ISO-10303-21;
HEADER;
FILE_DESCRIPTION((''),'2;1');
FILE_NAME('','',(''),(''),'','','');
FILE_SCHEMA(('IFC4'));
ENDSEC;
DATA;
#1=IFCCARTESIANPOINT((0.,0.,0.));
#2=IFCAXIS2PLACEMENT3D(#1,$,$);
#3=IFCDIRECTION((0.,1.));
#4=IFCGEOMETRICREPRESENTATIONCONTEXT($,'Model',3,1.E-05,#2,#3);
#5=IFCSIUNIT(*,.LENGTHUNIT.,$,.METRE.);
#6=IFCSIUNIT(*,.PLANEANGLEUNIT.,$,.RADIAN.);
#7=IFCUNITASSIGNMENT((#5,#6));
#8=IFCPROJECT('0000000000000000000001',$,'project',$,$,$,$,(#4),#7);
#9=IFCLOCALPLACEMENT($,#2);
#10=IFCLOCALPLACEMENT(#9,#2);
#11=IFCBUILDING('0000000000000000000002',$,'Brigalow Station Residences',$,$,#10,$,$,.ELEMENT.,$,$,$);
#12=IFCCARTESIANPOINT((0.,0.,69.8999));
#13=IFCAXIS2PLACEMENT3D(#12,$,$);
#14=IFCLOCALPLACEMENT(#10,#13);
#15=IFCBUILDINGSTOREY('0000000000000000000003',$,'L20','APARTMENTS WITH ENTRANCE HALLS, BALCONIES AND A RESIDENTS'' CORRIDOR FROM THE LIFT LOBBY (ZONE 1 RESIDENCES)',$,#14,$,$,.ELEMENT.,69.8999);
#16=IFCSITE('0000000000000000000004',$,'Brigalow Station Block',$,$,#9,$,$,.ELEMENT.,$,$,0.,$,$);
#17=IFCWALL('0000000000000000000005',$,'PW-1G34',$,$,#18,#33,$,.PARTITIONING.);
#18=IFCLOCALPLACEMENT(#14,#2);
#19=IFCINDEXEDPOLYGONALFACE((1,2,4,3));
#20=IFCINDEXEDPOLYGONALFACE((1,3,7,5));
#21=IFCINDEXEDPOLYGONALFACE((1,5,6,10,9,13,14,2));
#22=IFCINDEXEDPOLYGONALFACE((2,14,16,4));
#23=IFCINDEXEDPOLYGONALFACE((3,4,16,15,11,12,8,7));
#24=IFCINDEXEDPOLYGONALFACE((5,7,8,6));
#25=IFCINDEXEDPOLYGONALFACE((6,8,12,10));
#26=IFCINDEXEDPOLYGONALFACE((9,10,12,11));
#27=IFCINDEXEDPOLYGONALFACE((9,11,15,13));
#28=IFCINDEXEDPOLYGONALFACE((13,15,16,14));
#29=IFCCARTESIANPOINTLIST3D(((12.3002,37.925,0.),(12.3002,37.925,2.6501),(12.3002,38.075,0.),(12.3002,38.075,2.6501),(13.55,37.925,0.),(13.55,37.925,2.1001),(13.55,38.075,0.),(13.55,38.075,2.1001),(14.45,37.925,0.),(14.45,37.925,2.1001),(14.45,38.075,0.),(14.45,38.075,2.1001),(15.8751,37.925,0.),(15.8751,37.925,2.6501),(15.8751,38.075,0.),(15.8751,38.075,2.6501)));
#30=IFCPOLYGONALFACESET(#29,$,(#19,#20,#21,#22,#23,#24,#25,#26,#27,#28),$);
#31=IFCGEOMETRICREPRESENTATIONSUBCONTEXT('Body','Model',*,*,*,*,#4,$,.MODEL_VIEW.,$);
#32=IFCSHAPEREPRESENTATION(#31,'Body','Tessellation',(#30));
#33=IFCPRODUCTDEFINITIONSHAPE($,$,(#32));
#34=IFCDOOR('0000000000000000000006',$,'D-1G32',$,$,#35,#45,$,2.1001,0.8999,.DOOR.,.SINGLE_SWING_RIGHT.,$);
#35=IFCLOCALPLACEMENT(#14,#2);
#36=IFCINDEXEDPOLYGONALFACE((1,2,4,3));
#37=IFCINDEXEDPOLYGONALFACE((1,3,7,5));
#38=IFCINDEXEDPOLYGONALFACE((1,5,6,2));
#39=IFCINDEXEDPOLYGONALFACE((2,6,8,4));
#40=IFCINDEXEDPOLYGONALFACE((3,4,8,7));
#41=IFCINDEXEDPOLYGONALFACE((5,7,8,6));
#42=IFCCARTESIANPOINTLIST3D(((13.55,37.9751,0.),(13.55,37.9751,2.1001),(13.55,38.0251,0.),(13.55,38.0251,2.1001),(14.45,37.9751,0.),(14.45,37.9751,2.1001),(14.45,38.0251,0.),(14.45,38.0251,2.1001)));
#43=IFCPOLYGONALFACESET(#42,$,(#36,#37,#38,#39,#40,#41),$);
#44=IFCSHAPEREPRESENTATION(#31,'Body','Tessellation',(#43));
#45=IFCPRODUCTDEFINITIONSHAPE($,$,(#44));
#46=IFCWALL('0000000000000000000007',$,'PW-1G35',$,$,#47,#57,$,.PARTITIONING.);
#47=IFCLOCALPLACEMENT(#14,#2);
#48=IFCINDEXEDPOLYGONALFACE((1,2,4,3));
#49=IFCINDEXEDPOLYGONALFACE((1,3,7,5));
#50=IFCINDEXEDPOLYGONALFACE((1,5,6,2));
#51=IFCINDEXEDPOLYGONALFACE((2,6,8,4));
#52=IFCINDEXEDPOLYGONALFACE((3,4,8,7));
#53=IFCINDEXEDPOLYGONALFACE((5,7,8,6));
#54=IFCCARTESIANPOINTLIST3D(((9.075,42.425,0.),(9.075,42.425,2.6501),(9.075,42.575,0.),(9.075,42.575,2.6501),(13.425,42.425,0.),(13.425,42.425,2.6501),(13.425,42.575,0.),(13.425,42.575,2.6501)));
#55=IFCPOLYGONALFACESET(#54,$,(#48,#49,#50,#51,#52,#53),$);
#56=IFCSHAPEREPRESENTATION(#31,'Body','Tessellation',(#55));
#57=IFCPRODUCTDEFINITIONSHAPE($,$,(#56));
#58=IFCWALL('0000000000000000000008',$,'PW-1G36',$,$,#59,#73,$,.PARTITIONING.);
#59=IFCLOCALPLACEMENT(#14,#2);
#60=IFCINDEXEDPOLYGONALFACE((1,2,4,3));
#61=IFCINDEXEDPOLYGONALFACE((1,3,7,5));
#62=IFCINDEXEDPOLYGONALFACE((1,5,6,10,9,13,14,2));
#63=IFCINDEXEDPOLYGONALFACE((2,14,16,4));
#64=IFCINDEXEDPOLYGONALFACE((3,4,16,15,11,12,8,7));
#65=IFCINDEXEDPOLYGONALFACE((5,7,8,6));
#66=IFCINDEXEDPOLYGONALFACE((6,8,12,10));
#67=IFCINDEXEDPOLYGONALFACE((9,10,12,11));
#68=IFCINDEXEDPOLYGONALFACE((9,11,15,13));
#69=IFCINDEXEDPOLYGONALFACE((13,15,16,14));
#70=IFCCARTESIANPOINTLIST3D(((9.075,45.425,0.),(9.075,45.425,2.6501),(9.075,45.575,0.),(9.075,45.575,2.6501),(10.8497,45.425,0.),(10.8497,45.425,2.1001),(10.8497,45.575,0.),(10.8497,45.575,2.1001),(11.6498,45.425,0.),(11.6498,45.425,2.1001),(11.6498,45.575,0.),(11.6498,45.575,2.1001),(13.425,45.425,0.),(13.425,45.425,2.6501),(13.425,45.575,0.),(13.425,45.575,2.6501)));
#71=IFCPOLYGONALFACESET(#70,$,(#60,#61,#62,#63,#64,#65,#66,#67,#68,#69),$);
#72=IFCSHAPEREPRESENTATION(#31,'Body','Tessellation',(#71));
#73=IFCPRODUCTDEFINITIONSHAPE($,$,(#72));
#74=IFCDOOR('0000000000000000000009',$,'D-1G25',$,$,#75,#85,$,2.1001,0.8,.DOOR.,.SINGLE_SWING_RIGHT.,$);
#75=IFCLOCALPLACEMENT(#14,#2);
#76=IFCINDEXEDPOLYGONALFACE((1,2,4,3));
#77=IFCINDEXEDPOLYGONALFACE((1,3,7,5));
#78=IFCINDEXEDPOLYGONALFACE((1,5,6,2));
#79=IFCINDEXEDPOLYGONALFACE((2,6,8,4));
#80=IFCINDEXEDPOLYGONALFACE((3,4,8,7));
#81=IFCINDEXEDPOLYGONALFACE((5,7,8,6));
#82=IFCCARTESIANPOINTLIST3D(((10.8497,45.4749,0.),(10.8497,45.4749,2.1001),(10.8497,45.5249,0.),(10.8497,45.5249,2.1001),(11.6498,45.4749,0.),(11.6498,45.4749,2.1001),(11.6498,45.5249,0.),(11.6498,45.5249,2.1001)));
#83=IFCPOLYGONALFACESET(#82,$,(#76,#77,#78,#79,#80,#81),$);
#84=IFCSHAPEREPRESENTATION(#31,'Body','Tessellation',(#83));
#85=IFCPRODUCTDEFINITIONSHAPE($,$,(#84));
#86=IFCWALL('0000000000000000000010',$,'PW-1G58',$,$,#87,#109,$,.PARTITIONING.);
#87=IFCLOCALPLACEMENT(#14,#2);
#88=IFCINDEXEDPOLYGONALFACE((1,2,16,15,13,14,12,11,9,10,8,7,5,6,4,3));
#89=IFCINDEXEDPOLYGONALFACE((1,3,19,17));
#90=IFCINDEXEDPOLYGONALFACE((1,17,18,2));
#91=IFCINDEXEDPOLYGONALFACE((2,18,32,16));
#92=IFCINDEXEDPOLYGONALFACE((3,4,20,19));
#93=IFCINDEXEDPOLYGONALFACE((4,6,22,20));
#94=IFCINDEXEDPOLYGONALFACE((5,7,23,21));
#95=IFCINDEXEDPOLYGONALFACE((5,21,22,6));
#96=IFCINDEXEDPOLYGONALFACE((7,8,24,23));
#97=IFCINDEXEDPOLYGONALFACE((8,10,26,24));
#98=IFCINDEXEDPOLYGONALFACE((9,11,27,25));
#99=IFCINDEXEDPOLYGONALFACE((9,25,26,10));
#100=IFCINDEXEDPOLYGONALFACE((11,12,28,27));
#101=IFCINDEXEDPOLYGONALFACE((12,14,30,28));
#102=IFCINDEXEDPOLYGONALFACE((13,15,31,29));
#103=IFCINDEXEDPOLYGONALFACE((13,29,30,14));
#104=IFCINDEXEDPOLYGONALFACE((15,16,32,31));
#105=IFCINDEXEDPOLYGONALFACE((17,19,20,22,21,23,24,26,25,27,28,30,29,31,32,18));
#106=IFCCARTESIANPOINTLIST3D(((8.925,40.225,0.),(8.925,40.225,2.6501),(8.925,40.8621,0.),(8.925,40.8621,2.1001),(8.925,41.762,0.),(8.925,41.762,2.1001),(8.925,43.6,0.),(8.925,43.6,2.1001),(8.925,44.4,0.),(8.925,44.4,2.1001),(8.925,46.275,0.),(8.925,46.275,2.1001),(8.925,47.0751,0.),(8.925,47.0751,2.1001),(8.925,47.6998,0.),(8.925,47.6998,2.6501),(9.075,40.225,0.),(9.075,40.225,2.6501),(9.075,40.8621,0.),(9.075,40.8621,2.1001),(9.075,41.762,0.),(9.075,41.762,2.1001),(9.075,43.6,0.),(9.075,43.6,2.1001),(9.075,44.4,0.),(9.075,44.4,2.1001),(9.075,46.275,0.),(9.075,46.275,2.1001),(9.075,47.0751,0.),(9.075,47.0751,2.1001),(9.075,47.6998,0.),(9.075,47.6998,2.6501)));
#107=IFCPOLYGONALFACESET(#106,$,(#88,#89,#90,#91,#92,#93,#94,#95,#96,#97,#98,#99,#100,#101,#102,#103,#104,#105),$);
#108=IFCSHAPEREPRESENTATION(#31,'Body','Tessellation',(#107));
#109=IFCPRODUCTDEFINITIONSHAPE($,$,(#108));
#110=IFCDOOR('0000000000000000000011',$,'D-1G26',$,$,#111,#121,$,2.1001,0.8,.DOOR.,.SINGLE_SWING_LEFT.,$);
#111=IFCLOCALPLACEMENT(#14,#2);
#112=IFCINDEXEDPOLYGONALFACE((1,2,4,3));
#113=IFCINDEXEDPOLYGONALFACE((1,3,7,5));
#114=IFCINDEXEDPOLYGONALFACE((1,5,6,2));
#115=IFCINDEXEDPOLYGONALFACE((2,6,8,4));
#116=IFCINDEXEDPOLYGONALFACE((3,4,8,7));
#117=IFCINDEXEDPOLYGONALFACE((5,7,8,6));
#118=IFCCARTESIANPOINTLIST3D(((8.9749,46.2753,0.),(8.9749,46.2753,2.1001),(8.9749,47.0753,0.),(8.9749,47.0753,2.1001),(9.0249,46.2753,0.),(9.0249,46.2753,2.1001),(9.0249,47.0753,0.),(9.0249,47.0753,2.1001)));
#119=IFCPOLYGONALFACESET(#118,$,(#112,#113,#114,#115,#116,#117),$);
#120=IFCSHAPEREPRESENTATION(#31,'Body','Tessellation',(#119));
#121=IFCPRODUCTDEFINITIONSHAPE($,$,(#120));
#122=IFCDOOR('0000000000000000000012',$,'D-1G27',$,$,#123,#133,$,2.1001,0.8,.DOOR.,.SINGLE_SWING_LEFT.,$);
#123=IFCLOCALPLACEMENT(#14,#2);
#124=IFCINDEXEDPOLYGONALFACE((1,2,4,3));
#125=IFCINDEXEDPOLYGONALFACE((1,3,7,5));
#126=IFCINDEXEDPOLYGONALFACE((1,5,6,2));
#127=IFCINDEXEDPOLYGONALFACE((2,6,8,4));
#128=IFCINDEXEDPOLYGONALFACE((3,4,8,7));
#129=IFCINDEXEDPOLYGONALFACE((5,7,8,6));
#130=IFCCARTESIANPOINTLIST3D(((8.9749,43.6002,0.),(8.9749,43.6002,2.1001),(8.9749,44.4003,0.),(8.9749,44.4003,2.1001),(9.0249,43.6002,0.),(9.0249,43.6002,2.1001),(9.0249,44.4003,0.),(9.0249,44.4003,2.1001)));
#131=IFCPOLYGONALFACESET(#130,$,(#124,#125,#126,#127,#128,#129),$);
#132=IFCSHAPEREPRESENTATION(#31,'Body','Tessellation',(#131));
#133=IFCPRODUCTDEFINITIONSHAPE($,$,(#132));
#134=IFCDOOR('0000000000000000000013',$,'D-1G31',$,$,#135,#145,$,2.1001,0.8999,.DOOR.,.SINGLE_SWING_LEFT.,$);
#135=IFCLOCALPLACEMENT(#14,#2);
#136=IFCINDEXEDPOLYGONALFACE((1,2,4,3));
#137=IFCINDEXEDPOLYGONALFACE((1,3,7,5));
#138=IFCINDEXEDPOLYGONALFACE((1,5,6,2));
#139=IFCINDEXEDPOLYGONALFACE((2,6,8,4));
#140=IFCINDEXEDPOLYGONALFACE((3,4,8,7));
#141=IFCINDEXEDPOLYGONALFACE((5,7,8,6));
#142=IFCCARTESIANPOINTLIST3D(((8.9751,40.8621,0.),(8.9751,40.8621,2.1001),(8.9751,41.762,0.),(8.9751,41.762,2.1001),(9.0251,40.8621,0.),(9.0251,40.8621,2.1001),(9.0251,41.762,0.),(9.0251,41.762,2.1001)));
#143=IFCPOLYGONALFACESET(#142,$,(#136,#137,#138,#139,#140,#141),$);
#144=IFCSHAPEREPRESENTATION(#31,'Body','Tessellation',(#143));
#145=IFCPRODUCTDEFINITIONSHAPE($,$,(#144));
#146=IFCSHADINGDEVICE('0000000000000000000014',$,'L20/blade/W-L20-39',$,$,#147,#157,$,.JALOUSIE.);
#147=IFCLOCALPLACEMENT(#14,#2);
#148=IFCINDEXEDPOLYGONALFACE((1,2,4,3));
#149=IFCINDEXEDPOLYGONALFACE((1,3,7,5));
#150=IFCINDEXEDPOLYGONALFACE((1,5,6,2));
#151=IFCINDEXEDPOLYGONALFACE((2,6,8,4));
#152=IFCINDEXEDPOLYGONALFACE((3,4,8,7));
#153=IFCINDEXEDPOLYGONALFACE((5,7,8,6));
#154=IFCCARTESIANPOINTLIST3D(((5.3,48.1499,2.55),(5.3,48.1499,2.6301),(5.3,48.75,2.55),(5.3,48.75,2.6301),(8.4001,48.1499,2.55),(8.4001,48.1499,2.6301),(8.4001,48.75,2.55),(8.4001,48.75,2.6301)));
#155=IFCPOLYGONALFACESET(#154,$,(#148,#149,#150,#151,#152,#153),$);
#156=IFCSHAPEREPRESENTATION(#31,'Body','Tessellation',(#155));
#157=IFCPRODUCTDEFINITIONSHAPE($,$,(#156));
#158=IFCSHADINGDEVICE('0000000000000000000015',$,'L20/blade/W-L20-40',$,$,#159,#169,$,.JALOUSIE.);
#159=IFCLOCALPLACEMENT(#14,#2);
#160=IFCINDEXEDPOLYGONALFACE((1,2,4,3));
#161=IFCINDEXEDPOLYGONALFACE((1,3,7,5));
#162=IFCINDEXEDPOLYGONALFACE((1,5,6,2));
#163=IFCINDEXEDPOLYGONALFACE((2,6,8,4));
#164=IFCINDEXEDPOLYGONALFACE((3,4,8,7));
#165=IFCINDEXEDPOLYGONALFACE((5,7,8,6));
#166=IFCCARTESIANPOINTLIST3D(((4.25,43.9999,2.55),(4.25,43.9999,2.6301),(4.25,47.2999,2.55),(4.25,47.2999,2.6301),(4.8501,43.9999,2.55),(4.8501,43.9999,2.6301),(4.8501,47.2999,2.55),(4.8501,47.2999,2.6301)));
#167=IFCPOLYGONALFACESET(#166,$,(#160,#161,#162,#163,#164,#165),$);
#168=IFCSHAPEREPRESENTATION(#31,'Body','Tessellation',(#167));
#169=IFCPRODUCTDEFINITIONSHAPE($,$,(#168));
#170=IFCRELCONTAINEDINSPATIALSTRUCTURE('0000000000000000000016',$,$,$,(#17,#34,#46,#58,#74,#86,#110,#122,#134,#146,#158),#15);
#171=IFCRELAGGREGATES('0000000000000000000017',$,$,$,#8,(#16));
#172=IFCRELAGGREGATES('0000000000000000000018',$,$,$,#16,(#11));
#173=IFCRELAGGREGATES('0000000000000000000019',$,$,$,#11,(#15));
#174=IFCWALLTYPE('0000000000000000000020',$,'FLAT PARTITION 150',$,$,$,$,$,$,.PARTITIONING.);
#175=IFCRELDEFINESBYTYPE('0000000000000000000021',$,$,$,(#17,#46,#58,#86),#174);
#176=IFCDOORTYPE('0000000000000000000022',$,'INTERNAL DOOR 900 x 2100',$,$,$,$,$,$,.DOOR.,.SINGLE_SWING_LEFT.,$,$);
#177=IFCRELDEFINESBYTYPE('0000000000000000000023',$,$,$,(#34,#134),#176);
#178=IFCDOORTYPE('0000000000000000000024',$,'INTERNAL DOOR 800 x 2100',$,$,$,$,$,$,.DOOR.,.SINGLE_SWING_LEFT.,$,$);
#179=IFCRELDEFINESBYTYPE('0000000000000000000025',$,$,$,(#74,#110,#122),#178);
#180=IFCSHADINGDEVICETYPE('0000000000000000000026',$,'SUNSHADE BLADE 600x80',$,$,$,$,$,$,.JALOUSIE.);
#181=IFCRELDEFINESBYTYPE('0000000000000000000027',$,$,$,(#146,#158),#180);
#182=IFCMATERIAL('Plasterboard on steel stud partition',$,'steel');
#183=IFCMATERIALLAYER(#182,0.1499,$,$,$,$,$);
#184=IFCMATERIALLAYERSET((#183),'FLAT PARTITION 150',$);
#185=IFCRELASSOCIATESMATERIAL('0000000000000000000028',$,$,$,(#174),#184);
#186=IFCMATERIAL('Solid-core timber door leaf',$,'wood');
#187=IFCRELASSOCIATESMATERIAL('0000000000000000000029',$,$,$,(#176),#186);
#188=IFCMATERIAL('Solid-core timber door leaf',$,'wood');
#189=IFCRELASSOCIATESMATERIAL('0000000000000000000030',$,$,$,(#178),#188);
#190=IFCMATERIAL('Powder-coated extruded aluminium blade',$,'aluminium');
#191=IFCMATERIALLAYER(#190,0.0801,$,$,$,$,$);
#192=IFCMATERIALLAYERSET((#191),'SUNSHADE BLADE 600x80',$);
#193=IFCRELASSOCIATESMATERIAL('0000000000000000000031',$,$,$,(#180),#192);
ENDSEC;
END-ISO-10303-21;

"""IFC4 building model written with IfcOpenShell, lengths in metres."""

from ifc_helpers import new_model, si_unit, direction, frame, frame_2d, origin, origin_2d, place, context, subcontext, project, spatial, rectangle, extrude, material, layer, layer_set, type_object, element, fill, save


model = new_model("IFC4")

# Units and contexts
model_context = context("Model", 3, precision=1e-05, world=origin(), true_north=direction((0.0, 1.0)))
body_context = subcontext(model_context, "Body", "Model", "MODEL_VIEW")
ifc_project = project(units=[si_unit("LENGTHUNIT", "METRE"), si_unit("PLANEANGLEUNIT", "RADIAN")], contexts=[model_context])

# Site, building, storey
site_placement = place(None, origin())
site = spatial("IfcSite", under=ifc_project, at=site_placement, Name="Brigalow Station Block", CompositionType="ELEMENT", RefElevation=0.0)
building_placement = place(site_placement, origin())
building = spatial("IfcBuilding", under=site, at=building_placement, Name="Brigalow Station Residences", CompositionType="ELEMENT")
storey_placement = place(building_placement, frame((0.0, 0.0, 69.8999)))
storey = spatial("IfcBuildingStorey", under=building, at=storey_placement, Name="L20", Description="APARTMENTS WITH ENTRANCE HALLS, BALCONIES AND A RESIDENTS' CORRIDOR FROM THE LIFT LOBBY (ZONE 1 RESIDENCES)", CompositionType="ELEMENT", Elevation=69.8999)

# Wall, opening, door
ifc_material_1 = material(Name="Plasterboard on steel stud partition", Category="steel")
ifc_layer_1 = layer(ifc_material_1, 0.1499)
ifc_layer_set_1 = layer_set([ifc_layer_1], Name="FLAT PARTITION 150")
wall_type_1 = type_object("IfcWallType", Name="FLAT PARTITION 150", PredefinedType="PARTITIONING", material=ifc_layer_set_1)
wall_1_placement = place(storey_placement, frame((12.3, 38.0, 0.0), z_axis=(0.0, 0.0, 1.0), x_axis=(1.0, 0.0, 0.0)))
wall_1 = element("IfcWall", 1, at=wall_1_placement, inside=storey, type_object=wall_type_1, Name="PW-1G34", PredefinedType="PARTITIONING", context=body_context, shape_type="SweptSolid", body=[
    extrude(rectangle(XDim=3.575, YDim=0.1499, at=frame_2d((1.7876, 0.0))), origin(), (0.0, 0.0, 1.0), 2.6501),
])
opening_1_placement = place(wall_1_placement, frame((1.25, 0.0, 0.0)))
opening_1 = element("IfcOpeningElement", 2, at=opening_1_placement, cuts=wall_1, PredefinedType="OPENING", context=body_context, shape_type="SweptSolid", body=[
    extrude(rectangle(XDim=0.8999, YDim=2.1001, at=frame_2d((0.45, 1.05))), frame((0.0, 0.085, 0.0), z_axis=(0.0, -1.0, 0.0), x_axis=(1.0, 0.0, 0.0)), (0.0, 0.0, 1.0), 0.1699),
])
ifc_material_2 = material(Name="Solid-core timber door leaf", Category="wood")
door_type_1 = type_object("IfcDoorType", Name="INTERNAL DOOR 900 x 2100", OperationType="SINGLE_SWING_LEFT", PredefinedType="DOOR", material=ifc_material_2)
door_1_placement = place(opening_1_placement, frame((0.8999, 0.0, 0.0), z_axis=(0.0, 0.0, 1.0), x_axis=(-1.0, 0.0, 0.0)))
door_1 = element("IfcDoor", 3, at=door_1_placement, inside=storey, type_object=door_type_1, Name="D-1G32", OperationType="SINGLE_SWING_RIGHT", OverallHeight=2.1001, OverallWidth=0.8999, PredefinedType="DOOR", context=body_context, shape_type="SweptSolid", body=[
    extrude(rectangle(XDim=0.8999, YDim=2.1001, at=frame_2d((0.45, 1.05))), frame((0.0, 0.0249, 0.0), z_axis=(0.0, -1.0, 0.0), x_axis=(1.0, 0.0, 0.0)), (0.0, 0.0, 1.0), 0.05),
])
fill(opening_1, door_1)

# Wall
wall_2_placement = place(storey_placement, frame((9.075, 42.5, 0.0), z_axis=(0.0, 0.0, 1.0), x_axis=(1.0, 0.0, 0.0)))
element("IfcWall", 4, at=wall_2_placement, inside=storey, type_object=wall_type_1, Name="PW-1G35", PredefinedType="PARTITIONING", context=body_context, shape_type="SweptSolid", body=[
    extrude(rectangle(XDim=4.3501, YDim=0.1499, at=frame_2d((2.175, 0.0))), origin(), (0.0, 0.0, 1.0), 2.6501),
])

# Wall, opening, door
wall_3_placement = place(storey_placement, frame((9.075, 45.5, 0.0), z_axis=(0.0, 0.0, 1.0), x_axis=(1.0, 0.0, 0.0)))
wall_3 = element("IfcWall", 5, at=wall_3_placement, inside=storey, type_object=wall_type_1, Name="PW-1G36", PredefinedType="PARTITIONING", context=body_context, shape_type="SweptSolid", body=[
    extrude(rectangle(XDim=4.3501, YDim=0.1499, at=frame_2d((2.175, 0.0))), origin(), (0.0, 0.0, 1.0), 2.6501),
])
opening_2_placement = place(wall_3_placement, frame((1.7749, 0.0, 0.0)))
opening_2 = element("IfcOpeningElement", 6, at=opening_2_placement, cuts=wall_3, PredefinedType="OPENING", context=body_context, shape_type="SweptSolid", body=[
    extrude(rectangle(XDim=0.8, YDim=2.1001, at=frame_2d((0.3999, 1.05))), frame((0.0, 0.085, 0.0), z_axis=(0.0, -1.0, 0.0), x_axis=(1.0, 0.0, 0.0)), (0.0, 0.0, 1.0), 0.1699),
])
ifc_material_3 = material(Name="Solid-core timber door leaf", Category="wood")
door_type_2 = type_object("IfcDoorType", Name="INTERNAL DOOR 800 x 2100", OperationType="SINGLE_SWING_LEFT", PredefinedType="DOOR", material=ifc_material_3)
door_2_placement = place(opening_2_placement, origin())
door_2 = element("IfcDoor", 7, at=door_2_placement, inside=storey, type_object=door_type_2, Name="D-1G25", OperationType="SINGLE_SWING_RIGHT", OverallHeight=2.1001, OverallWidth=0.8, PredefinedType="DOOR", context=body_context, shape_type="SweptSolid", body=[
    extrude(rectangle(XDim=0.8, YDim=2.1001, at=frame_2d((0.3999, 1.05))), frame((0.0, 0.0249, 0.0), z_axis=(0.0, -1.0, 0.0), x_axis=(1.0, 0.0, 0.0)), (0.0, 0.0, 1.0), 0.05),
])
fill(opening_2, door_2)

# Wall, openings, doors
wall_4_placement = place(storey_placement, frame((9.0, 40.2251, 0.0), z_axis=(0.0, 0.0, 1.0), x_axis=(0.0, 1.0, 0.0)))
wall_4 = element("IfcWall", 8, at=wall_4_placement, inside=storey, type_object=wall_type_1, Name="PW-1G58", PredefinedType="PARTITIONING", context=body_context, shape_type="SweptSolid", body=[
    extrude(rectangle(XDim=7.4749, YDim=0.1499, at=frame_2d((3.7373, 0.0))), origin(), (0.0, 0.0, 1.0), 2.6501),
])
opening_3_placement = place(wall_4_placement, frame((6.05, 0.0, 0.0)))
opening_3 = element("IfcOpeningElement", 9, at=opening_3_placement, cuts=wall_4, PredefinedType="OPENING", context=body_context, shape_type="SweptSolid", body=[
    extrude(rectangle(XDim=0.8, YDim=2.1001, at=frame_2d((0.3999, 1.05))), frame((0.0, 0.085, 0.0), z_axis=(0.0, -1.0, 0.0), x_axis=(1.0, 0.0, 0.0)), (0.0, 0.0, 1.0), 0.1699),
])
opening_4_placement = place(wall_4_placement, frame((3.375, 0.0, 0.0)))
opening_4 = element("IfcOpeningElement", 10, at=opening_4_placement, cuts=wall_4, PredefinedType="OPENING", context=body_context, shape_type="SweptSolid", body=[
    extrude(rectangle(XDim=0.8, YDim=2.1001, at=frame_2d((0.3999, 1.05))), frame((0.0, 0.085, 0.0), z_axis=(0.0, -1.0, 0.0), x_axis=(1.0, 0.0, 0.0)), (0.0, 0.0, 1.0), 0.1699),
])
opening_5_placement = place(wall_4_placement, frame((0.637, 0.0, 0.0)))
opening_5 = element("IfcOpeningElement", 11, at=opening_5_placement, cuts=wall_4, PredefinedType="OPENING", context=body_context, shape_type="SweptSolid", body=[
    extrude(rectangle(XDim=0.8999, YDim=2.1001, at=frame_2d((0.45, 1.05))), frame((0.0, 0.085, 0.0), z_axis=(0.0, -1.0, 0.0), x_axis=(1.0, 0.0, 0.0)), (0.0, 0.0, 1.0), 0.1699),
])
door_3_placement = place(opening_3_placement, frame((0.8, 0.0, 0.0), z_axis=(0.0, 0.0, 1.0), x_axis=(-1.0, 0.0, 0.0)))
door_3 = element("IfcDoor", 12, at=door_3_placement, inside=storey, type_object=door_type_2, Name="D-1G26", OperationType="SINGLE_SWING_LEFT", OverallHeight=2.1001, OverallWidth=0.8, PredefinedType="DOOR", context=body_context, shape_type="SweptSolid", body=[
    extrude(rectangle(XDim=0.8, YDim=2.1001, at=frame_2d((0.3999, 1.05))), frame((0.0, 0.0249, 0.0), z_axis=(0.0, -1.0, 0.0), x_axis=(1.0, 0.0, 0.0)), (0.0, 0.0, 1.0), 0.05),
])
fill(opening_3, door_3)
door_4_placement = place(opening_4_placement, frame((0.8, 0.0, 0.0), z_axis=(0.0, 0.0, 1.0), x_axis=(-1.0, 0.0, 0.0)))
door_4 = element("IfcDoor", 13, at=door_4_placement, inside=storey, type_object=door_type_2, Name="D-1G27", OperationType="SINGLE_SWING_LEFT", OverallHeight=2.1001, OverallWidth=0.8, PredefinedType="DOOR", context=body_context, shape_type="SweptSolid", body=[
    extrude(rectangle(XDim=0.8, YDim=2.1001, at=frame_2d((0.3999, 1.05))), frame((0.0, 0.0249, 0.0), z_axis=(0.0, -1.0, 0.0), x_axis=(1.0, 0.0, 0.0)), (0.0, 0.0, 1.0), 0.05),
])
fill(opening_4, door_4)
door_5_placement = place(opening_5_placement, origin())
door_5 = element("IfcDoor", 14, at=door_5_placement, inside=storey, type_object=door_type_1, Name="D-1G31", OperationType="SINGLE_SWING_LEFT", OverallHeight=2.1001, OverallWidth=0.8999, PredefinedType="DOOR", context=body_context, shape_type="SweptSolid", body=[
    extrude(rectangle(XDim=0.8999, YDim=2.1001, at=frame_2d((0.45, 1.05))), frame((0.0, 0.0249, 0.0), z_axis=(0.0, -1.0, 0.0), x_axis=(1.0, 0.0, 0.0)), (0.0, 0.0, 1.0), 0.05),
])
fill(opening_5, door_5)

# Shading devices
ifc_material_4 = material(Name="Powder-coated extruded aluminium blade", Category="aluminium")
ifc_layer_2 = layer(ifc_material_4, 0.0801)
ifc_layer_set_2 = layer_set([ifc_layer_2], Name="SUNSHADE BLADE 600x80")
shading_device_type = type_object("IfcShadingDeviceType", Name="SUNSHADE BLADE 600x80", PredefinedType="JALOUSIE", material=ifc_layer_set_2)
shading_device_1_placement = place(storey_placement, frame((6.8501, 48.45, 2.55), z_axis=(0.0, 0.0, 1.0), x_axis=(-1.0, 0.0, 0.0)))
element("IfcShadingDevice", 15, at=shading_device_1_placement, inside=storey, type_object=shading_device_type, Name="L20/blade/W-L20-39", PredefinedType="JALOUSIE", context=body_context, shape_type="SweptSolid", body=[
    extrude(rectangle(XDim=3.1001, YDim=0.6001, at=origin_2d()), origin(), (0.0, 0.0, 1.0), 0.0801),
])
shading_device_2_placement = place(storey_placement, frame((4.55, 45.6499, 2.55), z_axis=(0.0, 0.0, 1.0), x_axis=(0.0, -1.0, 0.0)))
element("IfcShadingDevice", 16, at=shading_device_2_placement, inside=storey, type_object=shading_device_type, Name="L20/blade/W-L20-40", PredefinedType="JALOUSIE", context=body_context, shape_type="SweptSolid", body=[
    extrude(rectangle(XDim=3.3, YDim=0.6001, at=origin_2d()), origin(), (0.0, 0.0, 1.0), 0.0801),
])

save(model, "model.ifc")
